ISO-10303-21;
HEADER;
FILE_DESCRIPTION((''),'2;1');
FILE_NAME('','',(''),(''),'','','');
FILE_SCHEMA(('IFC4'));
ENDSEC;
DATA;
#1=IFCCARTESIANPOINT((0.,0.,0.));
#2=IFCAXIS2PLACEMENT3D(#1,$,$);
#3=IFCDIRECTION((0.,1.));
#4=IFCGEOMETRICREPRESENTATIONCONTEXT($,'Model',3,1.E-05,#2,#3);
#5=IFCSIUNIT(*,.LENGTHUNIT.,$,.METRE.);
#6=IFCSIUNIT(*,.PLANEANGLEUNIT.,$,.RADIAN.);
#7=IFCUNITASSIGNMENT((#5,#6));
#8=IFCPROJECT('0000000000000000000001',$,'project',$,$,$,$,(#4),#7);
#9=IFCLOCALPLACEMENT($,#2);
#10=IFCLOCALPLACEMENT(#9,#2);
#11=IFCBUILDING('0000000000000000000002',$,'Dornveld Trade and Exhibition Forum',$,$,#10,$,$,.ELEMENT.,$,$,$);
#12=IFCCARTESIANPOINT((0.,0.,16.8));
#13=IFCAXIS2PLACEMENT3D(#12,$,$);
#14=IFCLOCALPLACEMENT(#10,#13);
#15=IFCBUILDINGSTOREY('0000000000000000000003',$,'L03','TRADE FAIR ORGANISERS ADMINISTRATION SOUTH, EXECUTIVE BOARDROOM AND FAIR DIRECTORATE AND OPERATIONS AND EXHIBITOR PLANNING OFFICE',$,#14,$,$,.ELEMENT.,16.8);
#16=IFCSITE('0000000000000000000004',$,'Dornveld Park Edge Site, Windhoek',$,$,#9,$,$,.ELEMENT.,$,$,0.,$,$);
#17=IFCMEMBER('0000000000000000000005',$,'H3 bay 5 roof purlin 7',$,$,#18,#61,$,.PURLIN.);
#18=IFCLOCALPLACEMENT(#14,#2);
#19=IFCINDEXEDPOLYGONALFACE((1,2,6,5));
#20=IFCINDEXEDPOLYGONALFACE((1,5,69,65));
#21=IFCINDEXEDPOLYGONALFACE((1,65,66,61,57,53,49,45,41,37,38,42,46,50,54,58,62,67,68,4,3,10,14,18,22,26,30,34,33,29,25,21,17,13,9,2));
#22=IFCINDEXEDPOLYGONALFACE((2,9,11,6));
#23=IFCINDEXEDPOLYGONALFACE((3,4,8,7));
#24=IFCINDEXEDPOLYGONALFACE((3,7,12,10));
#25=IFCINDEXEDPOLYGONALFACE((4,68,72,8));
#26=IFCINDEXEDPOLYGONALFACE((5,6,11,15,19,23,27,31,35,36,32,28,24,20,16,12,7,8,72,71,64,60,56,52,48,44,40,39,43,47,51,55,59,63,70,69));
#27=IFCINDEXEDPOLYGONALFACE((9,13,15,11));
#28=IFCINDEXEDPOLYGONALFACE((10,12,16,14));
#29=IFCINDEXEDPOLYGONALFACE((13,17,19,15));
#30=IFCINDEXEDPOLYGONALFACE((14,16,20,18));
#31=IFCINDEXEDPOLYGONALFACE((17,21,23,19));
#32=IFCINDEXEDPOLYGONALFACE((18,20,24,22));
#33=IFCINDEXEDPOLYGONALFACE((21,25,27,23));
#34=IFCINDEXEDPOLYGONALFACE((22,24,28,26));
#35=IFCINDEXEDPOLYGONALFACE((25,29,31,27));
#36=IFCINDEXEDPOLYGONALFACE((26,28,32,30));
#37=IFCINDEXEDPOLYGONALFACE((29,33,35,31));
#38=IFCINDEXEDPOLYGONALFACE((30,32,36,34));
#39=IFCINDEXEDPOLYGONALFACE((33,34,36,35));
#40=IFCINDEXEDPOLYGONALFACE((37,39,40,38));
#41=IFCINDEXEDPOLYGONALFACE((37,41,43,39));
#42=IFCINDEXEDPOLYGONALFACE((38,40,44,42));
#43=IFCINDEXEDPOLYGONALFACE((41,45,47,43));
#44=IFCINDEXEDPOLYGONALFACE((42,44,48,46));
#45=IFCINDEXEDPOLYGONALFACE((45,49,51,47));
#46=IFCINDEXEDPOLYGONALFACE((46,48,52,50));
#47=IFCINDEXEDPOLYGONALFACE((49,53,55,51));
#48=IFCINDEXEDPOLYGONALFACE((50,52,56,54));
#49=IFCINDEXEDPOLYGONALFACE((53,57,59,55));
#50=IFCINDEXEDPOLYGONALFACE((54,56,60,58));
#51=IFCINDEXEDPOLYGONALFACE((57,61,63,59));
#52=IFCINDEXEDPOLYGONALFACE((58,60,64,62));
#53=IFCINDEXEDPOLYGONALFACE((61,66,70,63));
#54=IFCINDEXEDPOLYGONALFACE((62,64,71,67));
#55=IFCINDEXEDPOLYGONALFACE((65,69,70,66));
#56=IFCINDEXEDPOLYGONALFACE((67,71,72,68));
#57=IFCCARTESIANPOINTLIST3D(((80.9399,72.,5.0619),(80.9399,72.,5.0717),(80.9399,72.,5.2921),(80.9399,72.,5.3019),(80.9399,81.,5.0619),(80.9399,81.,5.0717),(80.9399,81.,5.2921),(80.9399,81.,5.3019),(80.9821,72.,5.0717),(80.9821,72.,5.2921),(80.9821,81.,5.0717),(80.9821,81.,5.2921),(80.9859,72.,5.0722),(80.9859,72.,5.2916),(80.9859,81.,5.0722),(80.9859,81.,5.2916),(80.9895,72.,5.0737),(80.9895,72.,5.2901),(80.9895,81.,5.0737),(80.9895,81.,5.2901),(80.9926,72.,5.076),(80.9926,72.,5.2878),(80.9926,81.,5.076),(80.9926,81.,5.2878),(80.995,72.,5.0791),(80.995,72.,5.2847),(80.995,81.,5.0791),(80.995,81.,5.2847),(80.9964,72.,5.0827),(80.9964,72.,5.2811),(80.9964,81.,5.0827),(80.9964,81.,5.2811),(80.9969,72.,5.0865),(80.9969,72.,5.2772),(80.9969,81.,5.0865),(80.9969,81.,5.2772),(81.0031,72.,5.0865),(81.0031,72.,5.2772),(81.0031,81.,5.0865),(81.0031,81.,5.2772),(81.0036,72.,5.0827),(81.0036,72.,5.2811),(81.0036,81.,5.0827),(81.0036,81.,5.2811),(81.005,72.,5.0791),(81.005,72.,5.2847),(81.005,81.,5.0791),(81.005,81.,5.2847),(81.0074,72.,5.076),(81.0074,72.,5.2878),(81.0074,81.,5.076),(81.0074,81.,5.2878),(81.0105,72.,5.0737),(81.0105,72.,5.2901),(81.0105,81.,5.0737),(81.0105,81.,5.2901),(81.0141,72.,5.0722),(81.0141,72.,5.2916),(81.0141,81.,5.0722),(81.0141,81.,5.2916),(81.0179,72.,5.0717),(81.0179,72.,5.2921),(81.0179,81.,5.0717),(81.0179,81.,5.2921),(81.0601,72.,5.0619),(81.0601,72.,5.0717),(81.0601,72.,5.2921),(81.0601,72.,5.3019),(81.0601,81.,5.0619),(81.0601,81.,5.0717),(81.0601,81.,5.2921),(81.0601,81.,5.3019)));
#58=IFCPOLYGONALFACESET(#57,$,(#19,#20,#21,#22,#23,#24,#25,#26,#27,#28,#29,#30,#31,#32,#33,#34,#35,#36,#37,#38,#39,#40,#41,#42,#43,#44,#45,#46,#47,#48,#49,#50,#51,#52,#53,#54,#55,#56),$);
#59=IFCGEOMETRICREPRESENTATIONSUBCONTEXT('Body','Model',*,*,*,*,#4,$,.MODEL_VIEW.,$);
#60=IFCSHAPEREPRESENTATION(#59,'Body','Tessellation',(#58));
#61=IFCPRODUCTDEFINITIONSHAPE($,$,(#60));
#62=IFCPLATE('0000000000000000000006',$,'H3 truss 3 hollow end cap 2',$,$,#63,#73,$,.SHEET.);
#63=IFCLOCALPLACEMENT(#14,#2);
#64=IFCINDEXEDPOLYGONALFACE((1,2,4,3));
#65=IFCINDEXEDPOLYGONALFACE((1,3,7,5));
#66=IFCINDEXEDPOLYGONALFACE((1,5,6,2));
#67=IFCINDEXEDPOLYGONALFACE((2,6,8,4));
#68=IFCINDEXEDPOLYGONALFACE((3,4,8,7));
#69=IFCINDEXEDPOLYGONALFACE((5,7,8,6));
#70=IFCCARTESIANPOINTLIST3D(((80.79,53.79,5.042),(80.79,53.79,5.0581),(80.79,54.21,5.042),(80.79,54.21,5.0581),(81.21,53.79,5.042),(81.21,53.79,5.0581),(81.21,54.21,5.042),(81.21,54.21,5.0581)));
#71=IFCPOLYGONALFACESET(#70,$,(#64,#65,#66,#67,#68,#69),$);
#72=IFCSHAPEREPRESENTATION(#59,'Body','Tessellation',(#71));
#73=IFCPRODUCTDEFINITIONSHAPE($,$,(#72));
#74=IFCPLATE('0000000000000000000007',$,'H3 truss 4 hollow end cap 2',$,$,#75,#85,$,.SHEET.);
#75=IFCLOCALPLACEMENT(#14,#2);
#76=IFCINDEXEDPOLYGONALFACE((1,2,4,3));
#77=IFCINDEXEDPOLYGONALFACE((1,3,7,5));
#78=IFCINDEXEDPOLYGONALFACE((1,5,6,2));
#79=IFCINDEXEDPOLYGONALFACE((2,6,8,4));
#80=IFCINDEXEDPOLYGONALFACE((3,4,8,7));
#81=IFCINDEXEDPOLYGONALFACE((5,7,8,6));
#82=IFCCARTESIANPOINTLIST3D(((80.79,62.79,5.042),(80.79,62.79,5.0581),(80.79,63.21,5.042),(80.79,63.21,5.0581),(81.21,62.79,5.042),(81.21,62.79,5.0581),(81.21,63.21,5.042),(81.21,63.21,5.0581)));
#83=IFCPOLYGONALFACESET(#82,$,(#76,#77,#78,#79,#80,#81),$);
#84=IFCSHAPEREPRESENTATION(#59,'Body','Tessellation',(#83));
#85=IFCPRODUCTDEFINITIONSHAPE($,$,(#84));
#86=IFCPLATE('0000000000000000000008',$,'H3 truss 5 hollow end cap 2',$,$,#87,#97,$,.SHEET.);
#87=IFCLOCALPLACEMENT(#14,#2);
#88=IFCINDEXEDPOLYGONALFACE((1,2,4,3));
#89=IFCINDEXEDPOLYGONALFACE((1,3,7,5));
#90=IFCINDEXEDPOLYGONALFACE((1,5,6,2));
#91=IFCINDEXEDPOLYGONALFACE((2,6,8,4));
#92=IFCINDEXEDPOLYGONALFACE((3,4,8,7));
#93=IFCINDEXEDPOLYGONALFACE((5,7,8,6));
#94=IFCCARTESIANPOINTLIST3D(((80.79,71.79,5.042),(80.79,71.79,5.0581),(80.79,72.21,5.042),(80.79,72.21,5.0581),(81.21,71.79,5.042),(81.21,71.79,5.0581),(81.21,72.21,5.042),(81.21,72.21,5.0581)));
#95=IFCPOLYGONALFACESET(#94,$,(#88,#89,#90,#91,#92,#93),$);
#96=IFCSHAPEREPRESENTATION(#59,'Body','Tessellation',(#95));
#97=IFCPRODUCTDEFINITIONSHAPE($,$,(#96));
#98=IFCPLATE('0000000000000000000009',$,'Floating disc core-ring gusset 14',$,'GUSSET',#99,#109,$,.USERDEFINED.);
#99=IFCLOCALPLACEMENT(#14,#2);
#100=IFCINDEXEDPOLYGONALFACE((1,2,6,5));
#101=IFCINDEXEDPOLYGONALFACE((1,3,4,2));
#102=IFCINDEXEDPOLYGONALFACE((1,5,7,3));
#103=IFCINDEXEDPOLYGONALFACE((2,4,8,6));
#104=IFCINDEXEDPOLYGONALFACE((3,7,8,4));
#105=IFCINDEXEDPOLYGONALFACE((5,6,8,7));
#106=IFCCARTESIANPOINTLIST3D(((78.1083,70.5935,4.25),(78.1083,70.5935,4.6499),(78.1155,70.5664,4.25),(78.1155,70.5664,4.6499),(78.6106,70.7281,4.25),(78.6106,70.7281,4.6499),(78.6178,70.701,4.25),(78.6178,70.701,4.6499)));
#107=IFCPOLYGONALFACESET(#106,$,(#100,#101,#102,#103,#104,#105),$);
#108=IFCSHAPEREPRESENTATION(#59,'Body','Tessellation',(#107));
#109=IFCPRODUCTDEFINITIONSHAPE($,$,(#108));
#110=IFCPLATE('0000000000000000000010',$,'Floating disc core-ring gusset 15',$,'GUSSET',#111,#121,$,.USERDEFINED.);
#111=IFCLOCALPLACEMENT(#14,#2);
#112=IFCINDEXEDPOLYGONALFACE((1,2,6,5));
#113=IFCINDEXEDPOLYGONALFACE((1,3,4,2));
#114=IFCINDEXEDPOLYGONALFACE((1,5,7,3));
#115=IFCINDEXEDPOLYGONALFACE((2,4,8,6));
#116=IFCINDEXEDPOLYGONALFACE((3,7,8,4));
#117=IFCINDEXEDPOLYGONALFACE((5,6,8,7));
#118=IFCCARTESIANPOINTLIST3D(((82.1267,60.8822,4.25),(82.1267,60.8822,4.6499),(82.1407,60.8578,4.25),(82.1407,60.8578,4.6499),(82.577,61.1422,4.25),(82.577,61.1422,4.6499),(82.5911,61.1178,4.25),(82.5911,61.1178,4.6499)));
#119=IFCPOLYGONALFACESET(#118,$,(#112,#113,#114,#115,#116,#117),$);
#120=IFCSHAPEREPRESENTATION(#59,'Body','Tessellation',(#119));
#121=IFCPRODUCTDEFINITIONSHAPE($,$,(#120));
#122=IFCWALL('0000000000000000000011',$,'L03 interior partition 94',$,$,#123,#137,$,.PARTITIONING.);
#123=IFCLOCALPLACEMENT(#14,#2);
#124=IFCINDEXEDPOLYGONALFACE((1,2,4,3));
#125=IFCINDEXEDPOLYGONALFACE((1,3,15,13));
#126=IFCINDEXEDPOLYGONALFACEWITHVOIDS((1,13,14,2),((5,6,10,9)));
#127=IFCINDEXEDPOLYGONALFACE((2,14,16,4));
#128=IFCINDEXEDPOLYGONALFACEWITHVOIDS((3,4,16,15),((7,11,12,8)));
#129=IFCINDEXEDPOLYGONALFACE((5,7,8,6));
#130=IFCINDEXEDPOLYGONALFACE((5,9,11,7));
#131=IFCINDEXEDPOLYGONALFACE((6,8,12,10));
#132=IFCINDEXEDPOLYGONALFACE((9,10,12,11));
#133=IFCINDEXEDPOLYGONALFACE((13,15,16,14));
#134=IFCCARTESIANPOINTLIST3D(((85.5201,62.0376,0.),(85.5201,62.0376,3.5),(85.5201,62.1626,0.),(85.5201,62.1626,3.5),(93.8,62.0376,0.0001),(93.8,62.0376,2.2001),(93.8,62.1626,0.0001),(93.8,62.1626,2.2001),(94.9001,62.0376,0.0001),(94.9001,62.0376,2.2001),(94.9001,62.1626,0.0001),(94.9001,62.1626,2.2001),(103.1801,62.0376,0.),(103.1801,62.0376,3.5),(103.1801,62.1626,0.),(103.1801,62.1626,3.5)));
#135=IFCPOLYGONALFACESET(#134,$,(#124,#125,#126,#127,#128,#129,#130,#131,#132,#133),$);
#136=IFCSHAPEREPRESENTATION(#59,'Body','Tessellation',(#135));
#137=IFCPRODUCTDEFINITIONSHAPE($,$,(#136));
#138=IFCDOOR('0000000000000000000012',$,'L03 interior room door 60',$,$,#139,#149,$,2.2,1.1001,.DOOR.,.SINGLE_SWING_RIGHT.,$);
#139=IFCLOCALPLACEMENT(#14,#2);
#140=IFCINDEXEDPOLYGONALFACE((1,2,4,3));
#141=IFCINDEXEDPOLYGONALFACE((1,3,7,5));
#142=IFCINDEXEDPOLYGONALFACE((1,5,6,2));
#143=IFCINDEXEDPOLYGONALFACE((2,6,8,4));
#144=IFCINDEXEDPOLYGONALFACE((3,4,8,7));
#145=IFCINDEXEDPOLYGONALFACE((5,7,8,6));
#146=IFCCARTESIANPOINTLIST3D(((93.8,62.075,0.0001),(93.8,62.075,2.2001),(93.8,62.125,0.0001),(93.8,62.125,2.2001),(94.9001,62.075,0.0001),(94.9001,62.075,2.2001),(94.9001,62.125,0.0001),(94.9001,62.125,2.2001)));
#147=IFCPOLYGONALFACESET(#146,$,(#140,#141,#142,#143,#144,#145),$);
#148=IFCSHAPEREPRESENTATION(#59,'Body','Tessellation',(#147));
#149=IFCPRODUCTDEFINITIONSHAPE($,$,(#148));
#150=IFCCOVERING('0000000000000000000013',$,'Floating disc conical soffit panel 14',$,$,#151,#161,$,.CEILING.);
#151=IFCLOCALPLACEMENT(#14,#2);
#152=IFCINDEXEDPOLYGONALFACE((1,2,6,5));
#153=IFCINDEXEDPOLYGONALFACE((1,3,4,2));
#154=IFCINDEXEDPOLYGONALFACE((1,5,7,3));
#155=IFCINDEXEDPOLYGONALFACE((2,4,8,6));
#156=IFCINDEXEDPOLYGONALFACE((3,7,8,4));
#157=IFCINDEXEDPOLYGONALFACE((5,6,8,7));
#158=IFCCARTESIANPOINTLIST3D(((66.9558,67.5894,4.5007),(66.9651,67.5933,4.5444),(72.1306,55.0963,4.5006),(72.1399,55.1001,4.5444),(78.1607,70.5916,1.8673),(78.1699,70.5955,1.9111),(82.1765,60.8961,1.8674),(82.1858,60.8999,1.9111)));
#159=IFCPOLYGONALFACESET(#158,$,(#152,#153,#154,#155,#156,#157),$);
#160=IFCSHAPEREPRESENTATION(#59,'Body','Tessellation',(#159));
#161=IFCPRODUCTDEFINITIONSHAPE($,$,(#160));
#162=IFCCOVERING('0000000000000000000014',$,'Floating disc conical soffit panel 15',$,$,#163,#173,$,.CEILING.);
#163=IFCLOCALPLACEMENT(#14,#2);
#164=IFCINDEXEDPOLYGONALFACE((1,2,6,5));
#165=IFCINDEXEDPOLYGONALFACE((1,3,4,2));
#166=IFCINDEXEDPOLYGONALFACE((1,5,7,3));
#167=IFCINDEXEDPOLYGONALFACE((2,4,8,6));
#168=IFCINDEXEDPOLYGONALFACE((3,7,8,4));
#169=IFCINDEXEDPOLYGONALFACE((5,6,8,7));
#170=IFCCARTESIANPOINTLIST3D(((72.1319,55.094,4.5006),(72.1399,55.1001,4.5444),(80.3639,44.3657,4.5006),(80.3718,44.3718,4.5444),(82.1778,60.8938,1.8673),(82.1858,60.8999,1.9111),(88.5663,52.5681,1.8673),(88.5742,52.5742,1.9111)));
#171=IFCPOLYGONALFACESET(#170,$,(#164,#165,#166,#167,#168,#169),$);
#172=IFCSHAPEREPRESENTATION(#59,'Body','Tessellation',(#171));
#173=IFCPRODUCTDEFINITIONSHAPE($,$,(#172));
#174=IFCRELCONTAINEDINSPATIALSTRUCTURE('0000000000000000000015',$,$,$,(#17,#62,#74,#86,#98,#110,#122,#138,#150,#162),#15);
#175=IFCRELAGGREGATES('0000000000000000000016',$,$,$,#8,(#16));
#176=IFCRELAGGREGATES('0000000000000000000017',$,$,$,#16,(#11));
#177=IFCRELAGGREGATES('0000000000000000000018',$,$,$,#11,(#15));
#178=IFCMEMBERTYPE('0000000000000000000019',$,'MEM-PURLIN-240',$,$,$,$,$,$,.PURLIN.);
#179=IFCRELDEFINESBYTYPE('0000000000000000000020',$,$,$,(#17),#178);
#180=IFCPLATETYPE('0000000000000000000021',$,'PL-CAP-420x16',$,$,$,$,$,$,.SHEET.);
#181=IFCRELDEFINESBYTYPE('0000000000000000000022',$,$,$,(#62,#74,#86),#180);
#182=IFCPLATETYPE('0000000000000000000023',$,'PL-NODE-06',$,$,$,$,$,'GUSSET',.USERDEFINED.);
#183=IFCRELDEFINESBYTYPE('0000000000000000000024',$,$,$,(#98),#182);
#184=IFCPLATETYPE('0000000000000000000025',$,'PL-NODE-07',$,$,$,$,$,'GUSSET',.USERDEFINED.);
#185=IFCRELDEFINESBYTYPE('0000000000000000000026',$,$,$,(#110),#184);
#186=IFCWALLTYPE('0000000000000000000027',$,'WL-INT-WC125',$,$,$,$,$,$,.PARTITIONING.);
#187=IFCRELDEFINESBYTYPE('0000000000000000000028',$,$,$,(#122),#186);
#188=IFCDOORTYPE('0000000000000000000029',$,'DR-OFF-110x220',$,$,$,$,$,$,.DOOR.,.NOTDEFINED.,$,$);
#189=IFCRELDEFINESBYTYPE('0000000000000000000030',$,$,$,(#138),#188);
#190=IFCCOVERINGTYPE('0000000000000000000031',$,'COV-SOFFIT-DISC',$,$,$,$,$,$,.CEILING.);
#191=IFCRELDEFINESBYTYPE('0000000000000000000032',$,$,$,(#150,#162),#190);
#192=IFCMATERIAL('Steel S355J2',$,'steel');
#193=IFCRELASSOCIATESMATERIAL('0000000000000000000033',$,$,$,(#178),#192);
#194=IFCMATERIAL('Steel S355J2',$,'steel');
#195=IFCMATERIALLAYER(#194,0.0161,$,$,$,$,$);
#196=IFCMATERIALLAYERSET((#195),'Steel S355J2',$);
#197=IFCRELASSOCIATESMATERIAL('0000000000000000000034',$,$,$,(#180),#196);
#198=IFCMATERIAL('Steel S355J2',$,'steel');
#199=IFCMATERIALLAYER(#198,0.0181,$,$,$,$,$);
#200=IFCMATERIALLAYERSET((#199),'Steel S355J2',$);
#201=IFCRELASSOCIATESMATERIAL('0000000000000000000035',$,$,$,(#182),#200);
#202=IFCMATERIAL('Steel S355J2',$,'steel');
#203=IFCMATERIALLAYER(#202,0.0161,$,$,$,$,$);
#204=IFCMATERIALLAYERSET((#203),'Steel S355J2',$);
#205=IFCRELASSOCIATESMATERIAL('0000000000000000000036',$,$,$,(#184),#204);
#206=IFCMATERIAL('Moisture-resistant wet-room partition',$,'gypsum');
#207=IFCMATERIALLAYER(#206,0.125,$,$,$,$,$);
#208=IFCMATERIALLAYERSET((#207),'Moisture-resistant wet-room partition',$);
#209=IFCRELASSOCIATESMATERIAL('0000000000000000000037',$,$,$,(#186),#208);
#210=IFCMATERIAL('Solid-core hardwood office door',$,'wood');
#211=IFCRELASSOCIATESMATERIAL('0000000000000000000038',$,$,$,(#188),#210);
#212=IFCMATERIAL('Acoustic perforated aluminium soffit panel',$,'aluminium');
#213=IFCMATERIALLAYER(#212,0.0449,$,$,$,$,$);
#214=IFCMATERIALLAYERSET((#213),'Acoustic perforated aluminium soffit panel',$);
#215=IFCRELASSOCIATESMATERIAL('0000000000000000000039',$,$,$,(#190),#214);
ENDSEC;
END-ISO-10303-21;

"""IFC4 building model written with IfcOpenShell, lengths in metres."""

from ifc_helpers import new_model, si_unit, direction, frame, frame_2d, origin, origin_2d, place, context, subcontext, project, spatial, polyline, rectangle, i_section, outline, extrude, material, layer, layer_set, material_profile, profile_set, type_object, element, fill, save


model = new_model("IFC4")

# Units and contexts
model_context = context("Model", 3, precision=1e-05, world=origin(), true_north=direction((0.0, 1.0)))
body_context = subcontext(model_context, "Body", "Model", "MODEL_VIEW")
ifc_project = project(units=[si_unit("LENGTHUNIT", "METRE"), si_unit("PLANEANGLEUNIT", "RADIAN")], contexts=[model_context])

# Site, building, storey
site_placement = place(None, origin())
site = spatial("IfcSite", under=ifc_project, at=site_placement, Name="Dornveld Park Edge Site, Windhoek", CompositionType="ELEMENT", RefElevation=0.0)
building_placement = place(site_placement, origin())
building = spatial("IfcBuilding", under=site, at=building_placement, Name="Dornveld Trade and Exhibition Forum", CompositionType="ELEMENT")
storey_placement = place(building_placement, frame((0.0, 0.0, 16.8)))
storey = spatial("IfcBuildingStorey", under=building, at=storey_placement, Name="L03", Description="TRADE FAIR ORGANISERS ADMINISTRATION SOUTH, EXECUTIVE BOARDROOM AND FAIR DIRECTORATE AND OPERATIONS AND EXHIBITOR PLANNING OFFICE", CompositionType="ELEMENT", Elevation=16.8)

# Member
ifc_material_1 = material(Name="Steel S355J2", Category="steel")
ifc_material_profile_1 = material_profile(ifc_material_1, i_section(OverallWidth=0.1201, OverallDepth=0.24, WebThickness=0.0061, FlangeThickness=0.0098, FilletRadius=0.0149, at=origin_2d()), Name="IPE 240")
ifc_profile_set_1 = profile_set([ifc_material_profile_1], Name="Steel S355J2")
member_type_1 = type_object("IfcMemberType", Name="MEM-PURLIN-240", PredefinedType="PURLIN", material=ifc_profile_set_1)
for number, where, z_axis, x_axis, name in (
    (1, (81.0, 72.0, 5.1819), (0.0, 1.0, 0.0), (-1.0, 0.0, 0.0), "H3 bay 5 roof purlin 7"),
):
    element("IfcMember", number, at=place(storey_placement, frame(where, z_axis=z_axis, x_axis=x_axis)), inside=storey, type_object=member_type_1, Name=name, PredefinedType="PURLIN", context=body_context, shape_type="SweptSolid", body=[
        extrude(i_section(OverallWidth=0.1201, OverallDepth=0.24, WebThickness=0.0061, FlangeThickness=0.0098, FilletRadius=0.0149, at=origin_2d()), origin(), (0.0, 0.0, 1.0), 9.0),
    ])

# Plates
ifc_material_2 = material(Name="Steel S355J2", Category="steel")
ifc_layer_1 = layer(ifc_material_2, 0.0161)
ifc_layer_set_1 = layer_set([ifc_layer_1], Name="Steel S355J2")
plate_type_1 = type_object("IfcPlateType", Name="PL-CAP-420x16", PredefinedType="SHEET", material=ifc_layer_set_1)
for number, where, z_axis, x_axis, name in (
    (2, (81.0, 54.0, 5.042), (0.0, 0.0, 1.0), (1.0, 0.0, 0.0), "H3 truss 3 hollow end cap 2"),
    (3, (81.0, 63.0, 5.042), (0.0, 0.0, 1.0), (1.0, 0.0, 0.0), "H3 truss 4 hollow end cap 2"),
    (4, (81.0, 72.0, 5.042), (0.0, 0.0, 1.0), (1.0, 0.0, 0.0), "H3 truss 5 hollow end cap 2"),
):
    element("IfcPlate", number, at=place(storey_placement, frame(where, z_axis=z_axis, x_axis=x_axis)), inside=storey, type_object=plate_type_1, Name=name, PredefinedType="SHEET", context=body_context, shape_type="SweptSolid", body=[
        extrude(rectangle(XDim=0.4199, YDim=0.4199, at=origin_2d()), origin(), (0.0, 0.0, 1.0), 0.0161),
    ])
ifc_material_3 = material(Name="Steel S355J2", Category="steel")
ifc_layer_2 = layer(ifc_material_3, 0.0181)
ifc_layer_set_2 = layer_set([ifc_layer_2], Name="Steel S355J2")
plate_type_2 = type_object("IfcPlateType", Name="PL-NODE-06", ElementType="GUSSET", PredefinedType="USERDEFINED", material=ifc_layer_set_2)
plate_1_placement = place(storey_placement, frame((78.363, 70.6472, 4.25), z_axis=(0.0, 0.0, 1.0), x_axis=(-0.965926, -0.258819, 0.0)))
element("IfcPlate", 5, at=plate_1_placement, inside=storey, type_object=plate_type_2, Name="Floating disc core-ring gusset 14", ObjectType="GUSSET", PredefinedType="USERDEFINED", context=body_context, shape_type="SweptSolid", body=[
    extrude(rectangle(XDim=0.52, YDim=0.0281, at=origin_2d()), origin(), (0.0, 0.0, 1.0), 0.3999),
])
ifc_material_4 = material(Name="Steel S355J2", Category="steel")
ifc_layer_3 = layer(ifc_material_4, 0.0161)
ifc_layer_set_3 = layer_set([ifc_layer_3], Name="Steel S355J2")
plate_type_3 = type_object("IfcPlateType", Name="PL-NODE-07", ElementType="GUSSET", PredefinedType="USERDEFINED", material=ifc_layer_set_3)
plate_2_placement = place(storey_placement, frame((82.3589, 61.0, 4.25), z_axis=(0.0, 0.0, 1.0), x_axis=(-0.866025, -0.5, 0.0)))
element("IfcPlate", 6, at=plate_2_placement, inside=storey, type_object=plate_type_3, Name="Floating disc core-ring gusset 15", ObjectType="GUSSET", PredefinedType="USERDEFINED", context=body_context, shape_type="SweptSolid", body=[
    extrude(rectangle(XDim=0.52, YDim=0.0281, at=origin_2d()), origin(), (0.0, 0.0, 1.0), 0.3999),
])

# Wall, opening, door
ifc_material_5 = material(Name="Moisture-resistant wet-room partition", Category="gypsum")
ifc_layer_4 = layer(ifc_material_5, 0.125)
ifc_layer_set_4 = layer_set([ifc_layer_4], Name="Moisture-resistant wet-room partition")
wall_type = type_object("IfcWallType", Name="WL-INT-WC125", PredefinedType="PARTITIONING", material=ifc_layer_set_4)
wall_placement = place(storey_placement, frame((85.52, 62.1001, 0.0), z_axis=(0.0, 0.0, 1.0), x_axis=(1.0, 0.0, 0.0)))
wall = element("IfcWall", 7, at=wall_placement, inside=storey, type_object=wall_type, Name="L03 interior partition 94", PredefinedType="PARTITIONING", context=body_context, shape_type="SweptSolid", body=[
    extrude(rectangle(XDim=17.6599, YDim=0.125, at=frame_2d((8.8301, 0.0))), origin(), (0.0, 0.0, 1.0), 3.5),
])
opening_placement = place(wall_placement, frame((8.28, 0.0, 0.0)))
opening = element("IfcOpeningElement", 8, at=opening_placement, cuts=wall, PredefinedType="OPENING", context=body_context, shape_type="SweptSolid", body=[
    extrude(rectangle(XDim=1.1001, YDim=2.2, at=frame_2d((0.55, 1.1001))), frame((0.0, 0.0725, 0.0), z_axis=(0.0, -1.0, 0.0), x_axis=(1.0, 0.0, 0.0)), (0.0, 0.0, 1.0), 0.145),
])
ifc_material_6 = material(Name="Solid-core hardwood office door", Category="wood")
door_type = type_object("IfcDoorType", Name="DR-OFF-110x220", OperationType="NOTDEFINED", PredefinedType="DOOR", material=ifc_material_6)
door_placement = place(opening_placement, origin())
door = element("IfcDoor", 9, at=door_placement, inside=storey, type_object=door_type, Name="L03 interior room door 60", OperationType="SINGLE_SWING_RIGHT", OverallHeight=2.2, OverallWidth=1.1001, PredefinedType="DOOR", context=body_context, shape_type="SweptSolid", body=[
    extrude(rectangle(XDim=1.1001, YDim=2.2, at=frame_2d((0.55, 1.1001))), frame((0.0, 0.0249, 0.0), z_axis=(0.0, -1.0, 0.0), x_axis=(1.0, 0.0, 0.0)), (0.0, 0.0, 1.0), 0.05),
])
fill(opening, door)

# Coverings
ifc_material_7 = material(Name="Acoustic perforated aluminium soffit panel", Category="aluminium")
ifc_layer_5 = layer(ifc_material_7, 0.0449)
ifc_layer_set_5 = layer_set([ifc_layer_5], Name="Acoustic perforated aluminium soffit panel")
covering_type = type_object("IfcCoveringType", Name="COV-SOFFIT-DISC", PredefinedType="CEILING", material=ifc_layer_set_5)
covering_1_placement = place(storey_placement, frame((78.1699, 70.5955, 1.9111), z_axis=(0.206203, 0.08541, 0.974775), x_axis=(-0.941962, -0.252387, 0.221376)))
element("IfcCovering", 10, at=covering_1_placement, inside=storey, type_object=covering_type, Name="Floating disc conical soffit panel 14", PredefinedType="CEILING", context=body_context, shape_type="SweptSolid", body=[
    extrude(outline(polyline([(0.0, 0.0), (11.8952, 0.0), (10.1738, 13.4125), (-1.3358, 10.409), (0.0, 0.0)])), origin(), (0.0, 0.0, -1.0), 0.0449),
])
covering_2_placement = place(storey_placement, frame((82.1858, 60.8999, 1.9111), z_axis=(0.177072, 0.13587, 0.974774), x_axis=(-0.844545, -0.487582, 0.221378)))
element("IfcCovering", 11, at=covering_2_placement, inside=storey, type_object=covering_type, Name="Floating disc conical soffit panel 15", PredefinedType="CEILING", context=body_context, shape_type="SweptSolid", body=[
    extrude(outline(polyline([(0.0, 0.0), (11.895, 0.0), (10.1737, 13.4126), (-1.3359, 10.4089), (0.0, 0.0)])), origin(), (0.0, 0.0, -1.0), 0.0449),
])

save(model, "model.ifc")
